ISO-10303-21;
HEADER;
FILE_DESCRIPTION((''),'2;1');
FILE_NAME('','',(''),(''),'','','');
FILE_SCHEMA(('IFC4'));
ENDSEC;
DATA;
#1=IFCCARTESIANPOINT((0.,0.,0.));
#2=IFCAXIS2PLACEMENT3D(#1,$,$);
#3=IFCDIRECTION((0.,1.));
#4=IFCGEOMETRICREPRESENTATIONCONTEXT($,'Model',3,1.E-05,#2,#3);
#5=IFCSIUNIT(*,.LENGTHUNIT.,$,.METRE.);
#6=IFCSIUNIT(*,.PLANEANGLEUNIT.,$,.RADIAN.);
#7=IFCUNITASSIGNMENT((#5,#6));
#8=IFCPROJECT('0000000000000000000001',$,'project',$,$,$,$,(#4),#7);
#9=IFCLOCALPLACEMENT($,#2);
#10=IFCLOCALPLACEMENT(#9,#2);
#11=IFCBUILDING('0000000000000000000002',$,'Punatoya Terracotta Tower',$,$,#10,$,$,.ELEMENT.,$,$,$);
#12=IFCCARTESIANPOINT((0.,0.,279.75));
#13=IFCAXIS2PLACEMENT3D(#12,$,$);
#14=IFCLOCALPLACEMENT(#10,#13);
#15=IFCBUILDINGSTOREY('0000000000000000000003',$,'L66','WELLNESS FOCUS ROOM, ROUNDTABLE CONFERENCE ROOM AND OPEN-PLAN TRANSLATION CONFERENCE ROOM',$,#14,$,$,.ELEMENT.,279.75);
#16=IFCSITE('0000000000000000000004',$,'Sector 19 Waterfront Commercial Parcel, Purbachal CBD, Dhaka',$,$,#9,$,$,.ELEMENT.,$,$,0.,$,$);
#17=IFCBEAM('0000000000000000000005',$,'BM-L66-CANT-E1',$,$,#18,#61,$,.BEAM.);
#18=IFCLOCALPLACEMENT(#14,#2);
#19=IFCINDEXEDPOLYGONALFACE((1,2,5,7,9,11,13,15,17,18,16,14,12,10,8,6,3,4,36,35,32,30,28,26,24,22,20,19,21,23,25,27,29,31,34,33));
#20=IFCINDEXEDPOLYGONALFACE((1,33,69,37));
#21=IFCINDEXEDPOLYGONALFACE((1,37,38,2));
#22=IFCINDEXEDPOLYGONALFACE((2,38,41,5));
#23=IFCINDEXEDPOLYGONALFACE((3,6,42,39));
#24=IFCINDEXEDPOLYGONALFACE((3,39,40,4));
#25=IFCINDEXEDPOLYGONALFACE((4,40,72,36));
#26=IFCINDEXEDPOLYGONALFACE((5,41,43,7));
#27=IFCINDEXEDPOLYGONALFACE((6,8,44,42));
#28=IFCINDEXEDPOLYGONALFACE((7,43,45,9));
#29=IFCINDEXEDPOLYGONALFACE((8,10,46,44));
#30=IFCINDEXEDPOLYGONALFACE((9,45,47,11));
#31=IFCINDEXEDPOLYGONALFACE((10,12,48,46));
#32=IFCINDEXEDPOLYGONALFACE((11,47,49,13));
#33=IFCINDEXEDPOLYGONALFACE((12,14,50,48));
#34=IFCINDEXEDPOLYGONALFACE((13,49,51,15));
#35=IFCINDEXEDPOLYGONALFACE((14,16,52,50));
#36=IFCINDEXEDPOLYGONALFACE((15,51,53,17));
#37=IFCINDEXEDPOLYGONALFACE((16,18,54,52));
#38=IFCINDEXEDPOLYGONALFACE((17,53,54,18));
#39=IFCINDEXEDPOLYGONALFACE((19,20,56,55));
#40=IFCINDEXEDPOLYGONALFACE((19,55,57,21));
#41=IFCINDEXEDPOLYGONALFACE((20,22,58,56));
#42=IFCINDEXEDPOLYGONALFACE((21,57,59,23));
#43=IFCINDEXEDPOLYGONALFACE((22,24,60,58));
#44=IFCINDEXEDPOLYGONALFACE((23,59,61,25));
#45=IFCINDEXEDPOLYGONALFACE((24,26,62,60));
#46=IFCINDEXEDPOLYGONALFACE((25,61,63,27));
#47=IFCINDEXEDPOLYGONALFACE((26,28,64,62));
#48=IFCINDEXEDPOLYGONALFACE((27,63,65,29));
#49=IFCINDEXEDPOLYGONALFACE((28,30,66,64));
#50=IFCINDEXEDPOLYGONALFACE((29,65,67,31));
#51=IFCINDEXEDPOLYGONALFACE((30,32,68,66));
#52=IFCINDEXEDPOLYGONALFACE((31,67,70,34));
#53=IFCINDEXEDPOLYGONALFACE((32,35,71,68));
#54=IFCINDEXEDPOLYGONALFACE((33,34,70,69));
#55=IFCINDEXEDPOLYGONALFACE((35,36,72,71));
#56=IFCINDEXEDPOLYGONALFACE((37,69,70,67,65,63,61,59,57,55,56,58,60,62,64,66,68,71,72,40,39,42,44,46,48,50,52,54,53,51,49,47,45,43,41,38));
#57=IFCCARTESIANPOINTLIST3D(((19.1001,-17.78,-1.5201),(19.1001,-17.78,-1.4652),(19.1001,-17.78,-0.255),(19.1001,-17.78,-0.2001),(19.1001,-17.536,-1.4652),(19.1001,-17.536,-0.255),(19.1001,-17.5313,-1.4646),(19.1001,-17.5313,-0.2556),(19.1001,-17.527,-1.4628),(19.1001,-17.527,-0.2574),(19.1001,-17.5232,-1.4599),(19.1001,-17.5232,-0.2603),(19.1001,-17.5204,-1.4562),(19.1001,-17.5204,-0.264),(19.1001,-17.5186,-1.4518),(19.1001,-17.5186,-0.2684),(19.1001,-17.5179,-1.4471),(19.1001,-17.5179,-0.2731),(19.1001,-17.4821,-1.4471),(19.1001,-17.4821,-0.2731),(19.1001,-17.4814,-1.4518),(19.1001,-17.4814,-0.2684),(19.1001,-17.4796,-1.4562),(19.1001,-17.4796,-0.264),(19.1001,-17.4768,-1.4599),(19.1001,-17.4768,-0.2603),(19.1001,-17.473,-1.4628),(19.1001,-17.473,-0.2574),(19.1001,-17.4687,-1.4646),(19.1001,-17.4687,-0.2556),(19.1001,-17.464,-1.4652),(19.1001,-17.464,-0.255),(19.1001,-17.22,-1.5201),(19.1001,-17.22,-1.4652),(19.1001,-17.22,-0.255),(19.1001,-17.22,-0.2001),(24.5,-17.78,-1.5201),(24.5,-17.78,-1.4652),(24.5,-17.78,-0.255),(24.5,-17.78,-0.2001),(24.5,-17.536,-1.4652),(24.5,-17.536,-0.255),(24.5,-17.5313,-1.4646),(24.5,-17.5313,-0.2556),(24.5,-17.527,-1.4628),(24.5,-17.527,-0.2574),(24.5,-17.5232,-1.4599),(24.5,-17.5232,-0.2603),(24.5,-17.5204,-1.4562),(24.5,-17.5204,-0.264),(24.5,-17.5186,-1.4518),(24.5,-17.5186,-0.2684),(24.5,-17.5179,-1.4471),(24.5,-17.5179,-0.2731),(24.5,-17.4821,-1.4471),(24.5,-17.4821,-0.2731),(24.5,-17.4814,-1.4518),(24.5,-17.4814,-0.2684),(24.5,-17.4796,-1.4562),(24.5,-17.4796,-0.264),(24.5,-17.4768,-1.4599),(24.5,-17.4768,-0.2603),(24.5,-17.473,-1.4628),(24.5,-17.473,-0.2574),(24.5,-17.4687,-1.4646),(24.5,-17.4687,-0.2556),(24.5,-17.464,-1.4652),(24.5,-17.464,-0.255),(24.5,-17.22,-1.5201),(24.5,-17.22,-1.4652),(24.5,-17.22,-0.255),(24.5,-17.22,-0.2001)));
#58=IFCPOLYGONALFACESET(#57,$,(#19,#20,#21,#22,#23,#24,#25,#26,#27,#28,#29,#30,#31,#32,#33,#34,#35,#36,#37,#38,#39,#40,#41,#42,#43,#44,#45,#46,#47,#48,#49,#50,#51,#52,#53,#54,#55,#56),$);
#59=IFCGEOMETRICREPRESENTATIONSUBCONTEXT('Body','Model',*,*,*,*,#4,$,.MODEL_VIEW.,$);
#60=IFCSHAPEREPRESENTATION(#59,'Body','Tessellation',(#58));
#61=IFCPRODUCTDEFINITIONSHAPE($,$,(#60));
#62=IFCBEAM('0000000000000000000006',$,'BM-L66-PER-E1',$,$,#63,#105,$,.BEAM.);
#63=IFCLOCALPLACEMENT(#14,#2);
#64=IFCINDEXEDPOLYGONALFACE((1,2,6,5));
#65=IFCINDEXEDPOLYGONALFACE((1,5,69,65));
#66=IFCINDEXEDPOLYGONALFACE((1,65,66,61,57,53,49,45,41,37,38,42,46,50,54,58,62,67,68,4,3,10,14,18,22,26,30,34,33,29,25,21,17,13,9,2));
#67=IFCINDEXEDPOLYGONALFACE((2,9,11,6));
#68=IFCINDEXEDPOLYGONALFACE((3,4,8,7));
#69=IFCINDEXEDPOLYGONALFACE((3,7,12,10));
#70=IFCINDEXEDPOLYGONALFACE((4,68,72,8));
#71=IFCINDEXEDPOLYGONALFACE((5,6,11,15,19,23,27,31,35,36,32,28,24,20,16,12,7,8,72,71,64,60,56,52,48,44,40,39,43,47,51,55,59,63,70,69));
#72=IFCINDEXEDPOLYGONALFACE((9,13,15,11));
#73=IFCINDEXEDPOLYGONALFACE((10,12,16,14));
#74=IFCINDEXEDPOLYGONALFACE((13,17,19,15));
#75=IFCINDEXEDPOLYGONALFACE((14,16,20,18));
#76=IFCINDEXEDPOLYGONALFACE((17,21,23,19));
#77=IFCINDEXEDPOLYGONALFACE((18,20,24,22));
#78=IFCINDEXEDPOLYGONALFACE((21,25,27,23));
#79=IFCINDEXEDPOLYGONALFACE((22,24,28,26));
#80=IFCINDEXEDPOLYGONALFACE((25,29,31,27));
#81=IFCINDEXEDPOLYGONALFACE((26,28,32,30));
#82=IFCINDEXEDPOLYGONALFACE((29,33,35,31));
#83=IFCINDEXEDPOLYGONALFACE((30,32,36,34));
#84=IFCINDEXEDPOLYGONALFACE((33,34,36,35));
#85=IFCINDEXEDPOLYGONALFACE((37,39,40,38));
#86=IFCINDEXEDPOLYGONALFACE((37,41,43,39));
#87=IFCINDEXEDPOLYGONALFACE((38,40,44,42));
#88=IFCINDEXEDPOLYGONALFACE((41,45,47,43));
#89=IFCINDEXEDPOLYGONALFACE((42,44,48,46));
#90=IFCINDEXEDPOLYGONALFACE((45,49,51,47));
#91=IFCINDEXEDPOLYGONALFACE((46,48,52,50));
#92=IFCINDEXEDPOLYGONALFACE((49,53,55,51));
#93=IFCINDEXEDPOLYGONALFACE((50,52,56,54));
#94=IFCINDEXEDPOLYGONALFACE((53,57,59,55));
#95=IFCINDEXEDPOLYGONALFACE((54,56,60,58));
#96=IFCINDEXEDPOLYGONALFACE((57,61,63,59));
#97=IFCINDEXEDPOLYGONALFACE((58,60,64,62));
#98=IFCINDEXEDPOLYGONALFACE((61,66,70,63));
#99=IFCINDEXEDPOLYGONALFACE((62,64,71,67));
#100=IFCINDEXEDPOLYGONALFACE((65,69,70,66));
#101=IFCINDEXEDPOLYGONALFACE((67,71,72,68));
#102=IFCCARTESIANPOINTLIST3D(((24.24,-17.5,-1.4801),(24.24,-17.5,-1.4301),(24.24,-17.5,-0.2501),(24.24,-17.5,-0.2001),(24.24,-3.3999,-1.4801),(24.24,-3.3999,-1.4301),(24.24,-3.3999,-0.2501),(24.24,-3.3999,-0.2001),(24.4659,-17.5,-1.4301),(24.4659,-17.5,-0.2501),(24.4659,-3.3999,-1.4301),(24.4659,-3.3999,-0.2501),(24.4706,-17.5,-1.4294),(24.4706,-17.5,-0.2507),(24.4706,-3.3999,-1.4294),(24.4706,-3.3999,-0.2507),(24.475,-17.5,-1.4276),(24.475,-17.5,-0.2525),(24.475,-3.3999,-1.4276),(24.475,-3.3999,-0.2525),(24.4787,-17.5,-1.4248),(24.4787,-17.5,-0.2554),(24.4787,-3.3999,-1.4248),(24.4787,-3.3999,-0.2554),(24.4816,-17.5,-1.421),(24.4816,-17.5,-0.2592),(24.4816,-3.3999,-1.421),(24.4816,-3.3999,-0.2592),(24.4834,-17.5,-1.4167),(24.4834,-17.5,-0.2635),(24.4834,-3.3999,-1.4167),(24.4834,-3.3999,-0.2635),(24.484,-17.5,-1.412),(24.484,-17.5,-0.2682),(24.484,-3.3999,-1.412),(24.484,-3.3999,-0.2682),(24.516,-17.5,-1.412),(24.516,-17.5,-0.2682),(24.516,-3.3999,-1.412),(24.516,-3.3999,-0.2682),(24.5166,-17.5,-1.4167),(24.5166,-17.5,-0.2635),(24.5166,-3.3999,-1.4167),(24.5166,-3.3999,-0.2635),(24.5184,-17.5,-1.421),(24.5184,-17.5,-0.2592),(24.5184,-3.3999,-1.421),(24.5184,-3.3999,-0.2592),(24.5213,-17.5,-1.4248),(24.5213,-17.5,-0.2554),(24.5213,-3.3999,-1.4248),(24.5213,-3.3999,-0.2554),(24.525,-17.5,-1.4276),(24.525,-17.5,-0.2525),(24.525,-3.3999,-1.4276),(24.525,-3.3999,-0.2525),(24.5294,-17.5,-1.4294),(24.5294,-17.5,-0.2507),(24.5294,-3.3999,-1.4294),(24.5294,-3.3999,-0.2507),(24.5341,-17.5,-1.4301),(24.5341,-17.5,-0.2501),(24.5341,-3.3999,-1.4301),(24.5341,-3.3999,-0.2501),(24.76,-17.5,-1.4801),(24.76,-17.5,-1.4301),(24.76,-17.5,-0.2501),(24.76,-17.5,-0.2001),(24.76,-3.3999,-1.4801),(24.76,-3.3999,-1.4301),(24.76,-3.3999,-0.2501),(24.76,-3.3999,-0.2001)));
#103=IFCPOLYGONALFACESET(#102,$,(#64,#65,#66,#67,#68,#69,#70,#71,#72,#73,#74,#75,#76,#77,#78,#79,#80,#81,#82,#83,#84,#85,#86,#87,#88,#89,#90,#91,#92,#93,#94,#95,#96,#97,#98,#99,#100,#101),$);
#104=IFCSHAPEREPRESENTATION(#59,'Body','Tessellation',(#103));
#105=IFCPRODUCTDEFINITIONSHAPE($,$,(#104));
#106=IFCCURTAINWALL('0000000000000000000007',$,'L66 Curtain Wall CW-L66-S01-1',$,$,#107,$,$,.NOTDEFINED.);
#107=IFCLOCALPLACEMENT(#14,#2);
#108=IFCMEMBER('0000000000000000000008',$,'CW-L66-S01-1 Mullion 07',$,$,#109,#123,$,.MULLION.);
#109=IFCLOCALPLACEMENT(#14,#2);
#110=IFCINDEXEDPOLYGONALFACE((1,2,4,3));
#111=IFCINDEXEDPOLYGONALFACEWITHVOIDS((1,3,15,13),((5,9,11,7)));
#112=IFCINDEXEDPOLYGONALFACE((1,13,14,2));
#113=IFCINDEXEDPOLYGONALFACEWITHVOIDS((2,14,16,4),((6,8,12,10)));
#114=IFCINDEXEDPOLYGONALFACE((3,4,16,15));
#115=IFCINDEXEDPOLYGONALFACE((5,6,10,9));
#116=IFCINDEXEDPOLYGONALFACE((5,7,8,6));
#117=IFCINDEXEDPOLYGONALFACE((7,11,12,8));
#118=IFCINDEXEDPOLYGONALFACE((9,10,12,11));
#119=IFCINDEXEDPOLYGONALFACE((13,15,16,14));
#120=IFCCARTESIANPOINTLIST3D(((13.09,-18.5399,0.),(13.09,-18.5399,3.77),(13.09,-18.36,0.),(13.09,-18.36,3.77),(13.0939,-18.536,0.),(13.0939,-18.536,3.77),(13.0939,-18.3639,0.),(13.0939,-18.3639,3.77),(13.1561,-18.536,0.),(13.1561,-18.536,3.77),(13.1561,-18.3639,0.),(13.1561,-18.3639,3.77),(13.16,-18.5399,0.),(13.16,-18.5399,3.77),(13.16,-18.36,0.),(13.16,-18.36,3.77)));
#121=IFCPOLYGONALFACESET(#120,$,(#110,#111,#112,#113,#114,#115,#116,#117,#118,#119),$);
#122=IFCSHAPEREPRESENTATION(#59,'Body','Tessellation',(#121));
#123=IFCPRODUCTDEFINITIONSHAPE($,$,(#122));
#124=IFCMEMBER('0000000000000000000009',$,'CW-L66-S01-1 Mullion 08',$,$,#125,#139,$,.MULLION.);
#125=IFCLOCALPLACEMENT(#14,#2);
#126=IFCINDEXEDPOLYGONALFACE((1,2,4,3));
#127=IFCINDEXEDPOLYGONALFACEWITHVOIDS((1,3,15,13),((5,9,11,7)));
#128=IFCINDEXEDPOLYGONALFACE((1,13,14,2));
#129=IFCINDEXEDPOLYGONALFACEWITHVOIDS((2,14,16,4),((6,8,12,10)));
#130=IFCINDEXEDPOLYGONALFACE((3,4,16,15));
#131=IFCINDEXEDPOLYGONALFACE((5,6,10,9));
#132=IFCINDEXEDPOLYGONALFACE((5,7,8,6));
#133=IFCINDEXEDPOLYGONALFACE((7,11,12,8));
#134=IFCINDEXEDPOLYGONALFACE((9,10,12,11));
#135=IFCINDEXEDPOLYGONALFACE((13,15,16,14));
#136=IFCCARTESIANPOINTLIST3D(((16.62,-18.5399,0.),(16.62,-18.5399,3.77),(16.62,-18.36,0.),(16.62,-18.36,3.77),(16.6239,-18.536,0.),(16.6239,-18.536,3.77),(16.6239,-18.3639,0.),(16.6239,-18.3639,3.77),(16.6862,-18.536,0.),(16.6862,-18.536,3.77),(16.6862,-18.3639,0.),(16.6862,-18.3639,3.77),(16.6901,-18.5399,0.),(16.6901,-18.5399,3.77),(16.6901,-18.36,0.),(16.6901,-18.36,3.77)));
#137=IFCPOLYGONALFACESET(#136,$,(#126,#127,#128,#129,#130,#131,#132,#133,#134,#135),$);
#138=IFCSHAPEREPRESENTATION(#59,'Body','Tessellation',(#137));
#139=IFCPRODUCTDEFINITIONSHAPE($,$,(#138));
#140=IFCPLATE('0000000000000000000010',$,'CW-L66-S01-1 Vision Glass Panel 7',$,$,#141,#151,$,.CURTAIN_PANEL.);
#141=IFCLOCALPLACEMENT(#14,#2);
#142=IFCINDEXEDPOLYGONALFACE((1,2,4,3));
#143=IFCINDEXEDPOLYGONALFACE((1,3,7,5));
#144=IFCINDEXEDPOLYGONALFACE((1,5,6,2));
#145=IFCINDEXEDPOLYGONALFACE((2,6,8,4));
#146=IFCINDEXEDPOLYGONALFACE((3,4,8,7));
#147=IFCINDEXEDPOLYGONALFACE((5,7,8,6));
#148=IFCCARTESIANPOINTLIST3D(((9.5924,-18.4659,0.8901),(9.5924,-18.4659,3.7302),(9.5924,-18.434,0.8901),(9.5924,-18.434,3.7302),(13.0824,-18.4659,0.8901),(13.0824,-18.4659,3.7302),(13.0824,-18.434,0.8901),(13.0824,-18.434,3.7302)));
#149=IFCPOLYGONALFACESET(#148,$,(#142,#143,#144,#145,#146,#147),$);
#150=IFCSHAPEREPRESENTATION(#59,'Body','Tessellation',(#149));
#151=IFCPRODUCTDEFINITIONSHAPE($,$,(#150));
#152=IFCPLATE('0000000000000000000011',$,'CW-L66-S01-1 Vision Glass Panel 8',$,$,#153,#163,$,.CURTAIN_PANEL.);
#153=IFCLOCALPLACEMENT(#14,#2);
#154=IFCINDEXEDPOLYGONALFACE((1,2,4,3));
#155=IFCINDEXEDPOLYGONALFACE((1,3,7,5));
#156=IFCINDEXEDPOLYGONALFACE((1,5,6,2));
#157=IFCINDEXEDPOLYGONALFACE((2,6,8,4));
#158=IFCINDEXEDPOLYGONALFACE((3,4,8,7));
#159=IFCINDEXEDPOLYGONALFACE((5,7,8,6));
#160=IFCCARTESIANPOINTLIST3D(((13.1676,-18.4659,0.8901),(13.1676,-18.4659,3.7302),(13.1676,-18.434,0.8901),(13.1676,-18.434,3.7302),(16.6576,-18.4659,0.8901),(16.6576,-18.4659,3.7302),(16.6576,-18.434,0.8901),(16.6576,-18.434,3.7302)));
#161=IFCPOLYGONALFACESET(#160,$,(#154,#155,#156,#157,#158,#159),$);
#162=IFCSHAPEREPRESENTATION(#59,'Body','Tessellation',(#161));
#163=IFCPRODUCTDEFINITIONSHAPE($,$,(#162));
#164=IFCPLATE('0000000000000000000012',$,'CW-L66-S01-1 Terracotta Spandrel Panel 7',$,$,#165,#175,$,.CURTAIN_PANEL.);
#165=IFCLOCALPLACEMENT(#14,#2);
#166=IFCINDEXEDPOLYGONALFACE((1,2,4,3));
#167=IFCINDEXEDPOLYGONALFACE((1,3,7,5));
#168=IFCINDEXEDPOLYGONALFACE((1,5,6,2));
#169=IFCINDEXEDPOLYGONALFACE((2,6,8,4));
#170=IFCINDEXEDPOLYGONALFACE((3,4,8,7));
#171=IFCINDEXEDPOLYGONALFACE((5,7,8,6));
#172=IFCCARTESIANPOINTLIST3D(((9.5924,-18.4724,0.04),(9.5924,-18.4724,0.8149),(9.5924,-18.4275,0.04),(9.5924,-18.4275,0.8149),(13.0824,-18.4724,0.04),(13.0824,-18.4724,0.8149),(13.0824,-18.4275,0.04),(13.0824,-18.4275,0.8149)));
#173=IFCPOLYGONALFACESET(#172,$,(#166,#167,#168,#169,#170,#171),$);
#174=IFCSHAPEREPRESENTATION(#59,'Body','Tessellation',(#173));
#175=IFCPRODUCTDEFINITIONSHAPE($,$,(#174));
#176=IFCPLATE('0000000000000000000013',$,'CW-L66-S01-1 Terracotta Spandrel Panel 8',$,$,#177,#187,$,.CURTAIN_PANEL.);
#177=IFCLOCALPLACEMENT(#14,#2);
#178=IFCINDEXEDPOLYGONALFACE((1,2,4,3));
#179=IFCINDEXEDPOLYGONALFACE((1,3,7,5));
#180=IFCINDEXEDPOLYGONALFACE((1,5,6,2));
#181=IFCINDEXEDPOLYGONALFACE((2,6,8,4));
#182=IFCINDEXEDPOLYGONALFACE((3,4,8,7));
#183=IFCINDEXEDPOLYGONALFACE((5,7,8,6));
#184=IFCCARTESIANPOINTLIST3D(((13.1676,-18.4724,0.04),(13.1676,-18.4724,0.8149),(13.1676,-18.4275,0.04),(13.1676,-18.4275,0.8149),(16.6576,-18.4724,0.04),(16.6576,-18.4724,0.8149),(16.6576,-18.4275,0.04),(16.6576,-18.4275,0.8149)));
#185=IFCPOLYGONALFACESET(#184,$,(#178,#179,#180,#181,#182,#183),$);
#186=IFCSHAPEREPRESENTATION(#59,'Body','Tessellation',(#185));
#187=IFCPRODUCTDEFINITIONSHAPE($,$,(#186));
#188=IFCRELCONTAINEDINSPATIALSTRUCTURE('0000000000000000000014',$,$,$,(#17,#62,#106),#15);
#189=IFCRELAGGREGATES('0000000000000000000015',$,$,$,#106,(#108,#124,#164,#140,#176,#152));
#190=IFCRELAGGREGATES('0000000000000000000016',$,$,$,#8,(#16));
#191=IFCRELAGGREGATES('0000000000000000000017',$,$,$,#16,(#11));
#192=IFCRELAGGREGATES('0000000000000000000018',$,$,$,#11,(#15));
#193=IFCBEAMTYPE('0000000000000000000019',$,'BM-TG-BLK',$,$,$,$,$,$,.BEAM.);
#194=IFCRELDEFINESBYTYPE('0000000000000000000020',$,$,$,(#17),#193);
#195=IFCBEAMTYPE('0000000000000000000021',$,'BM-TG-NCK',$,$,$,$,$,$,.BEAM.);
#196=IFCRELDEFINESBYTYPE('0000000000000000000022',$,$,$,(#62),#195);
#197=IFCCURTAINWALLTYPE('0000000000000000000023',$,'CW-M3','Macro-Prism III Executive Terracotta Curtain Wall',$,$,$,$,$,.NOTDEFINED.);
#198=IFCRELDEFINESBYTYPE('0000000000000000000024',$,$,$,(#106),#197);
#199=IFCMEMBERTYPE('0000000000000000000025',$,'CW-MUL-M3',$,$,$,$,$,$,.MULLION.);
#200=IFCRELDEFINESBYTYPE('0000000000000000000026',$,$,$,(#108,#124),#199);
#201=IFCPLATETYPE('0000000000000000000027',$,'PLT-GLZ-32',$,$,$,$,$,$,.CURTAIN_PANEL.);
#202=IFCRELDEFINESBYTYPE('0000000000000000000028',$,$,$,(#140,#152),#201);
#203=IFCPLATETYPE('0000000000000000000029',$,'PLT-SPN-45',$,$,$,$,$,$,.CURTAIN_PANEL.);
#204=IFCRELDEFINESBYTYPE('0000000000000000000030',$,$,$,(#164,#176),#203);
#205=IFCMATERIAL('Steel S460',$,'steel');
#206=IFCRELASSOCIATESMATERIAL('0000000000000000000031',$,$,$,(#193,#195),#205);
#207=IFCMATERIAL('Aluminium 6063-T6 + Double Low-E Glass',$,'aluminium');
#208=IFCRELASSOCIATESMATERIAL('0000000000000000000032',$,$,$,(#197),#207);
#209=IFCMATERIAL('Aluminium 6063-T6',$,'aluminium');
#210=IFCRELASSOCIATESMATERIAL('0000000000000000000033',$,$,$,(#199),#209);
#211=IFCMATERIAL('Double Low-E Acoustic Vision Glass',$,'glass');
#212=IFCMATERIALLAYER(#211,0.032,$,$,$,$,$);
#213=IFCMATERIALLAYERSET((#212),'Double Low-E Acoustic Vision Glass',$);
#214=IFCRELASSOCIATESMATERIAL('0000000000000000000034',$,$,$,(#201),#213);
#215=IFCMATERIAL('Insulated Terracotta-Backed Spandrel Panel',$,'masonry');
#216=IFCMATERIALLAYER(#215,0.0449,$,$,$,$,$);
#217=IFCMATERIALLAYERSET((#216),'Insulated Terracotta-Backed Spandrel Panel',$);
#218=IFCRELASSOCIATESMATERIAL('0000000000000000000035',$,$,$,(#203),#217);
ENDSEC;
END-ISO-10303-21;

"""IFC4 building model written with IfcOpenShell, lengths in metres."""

from ifc_helpers import new_model, si_unit, direction, frame, origin, origin_2d, place, context, subcontext, project, spatial, rectangle, hollow_rectangle, i_section, extrude, material, layer, layer_set, material_profile, profile_set, type_object, element, aggregate, save


model = new_model("IFC4")

# Units and contexts
model_context = context("Model", 3, precision=1e-05, world=origin(), true_north=direction((0.0, 1.0)))
body_context = subcontext(model_context, "Body", "Model", "MODEL_VIEW")
ifc_project = project(units=[si_unit("LENGTHUNIT", "METRE"), si_unit("PLANEANGLEUNIT", "RADIAN")], contexts=[model_context])

# Site, building, storey
site_placement = place(None, origin())
site = spatial("IfcSite", under=ifc_project, at=site_placement, Name="Sector 19 Waterfront Commercial Parcel, Purbachal CBD, Dhaka", CompositionType="ELEMENT", RefElevation=0.0)
building_placement = place(site_placement, origin())
building = spatial("IfcBuilding", under=site, at=building_placement, Name="Punatoya Terracotta Tower", CompositionType="ELEMENT")
storey_placement = place(building_placement, frame((0.0, 0.0, 279.75)))
storey = spatial("IfcBuildingStorey", under=building, at=storey_placement, Name="L66", Description="WELLNESS FOCUS ROOM, ROUNDTABLE CONFERENCE ROOM AND OPEN-PLAN TRANSLATION CONFERENCE ROOM", CompositionType="ELEMENT", Elevation=279.75)

# Shared definitions
ifc_material_1 = material(Name="Steel S460", Category="steel")

# Beams
ifc_material_profile_1 = material_profile(ifc_material_1, i_section(OverallWidth=0.5601, OverallDepth=1.3201, WebThickness=0.0359, FlangeThickness=0.0549, FilletRadius=0.0181, at=origin_2d()))
ifc_profile_set_1 = profile_set([ifc_material_profile_1], Name="Steel S460")
beam_type_1 = type_object("IfcBeamType", Name="BM-TG-BLK", PredefinedType="BEAM", material=ifc_profile_set_1)
beam_1_placement = place(storey_placement, frame((19.1001, -17.5, -0.8601), z_axis=(1.0, 0.0, 0.0), x_axis=(0.0, 1.0, 0.0)))
element("IfcBeam", 1, at=beam_1_placement, inside=storey, type_object=beam_type_1, Name="BM-L66-CANT-E1", PredefinedType="BEAM", context=body_context, shape_type="SweptSolid", body=[
    extrude(i_section(OverallWidth=0.5601, OverallDepth=1.3201, WebThickness=0.0359, FlangeThickness=0.0549, FilletRadius=0.0181, at=origin_2d()), origin(), (0.0, 0.0, 1.0), 5.3999),
])
ifc_material_profile_2 = material_profile(ifc_material_1, i_section(OverallWidth=0.52, OverallDepth=1.28, WebThickness=0.032, FlangeThickness=0.05, FilletRadius=0.0181, at=origin_2d()))
ifc_profile_set_2 = profile_set([ifc_material_profile_2], Name="Steel S460")
beam_type_2 = type_object("IfcBeamType", Name="BM-TG-NCK", PredefinedType="BEAM", material=ifc_profile_set_2)
beam_2_placement = place(storey_placement, frame((24.5, -17.5, -0.8401), z_axis=(0.0, 1.0, 0.0), x_axis=(-1.0, 0.0, 0.0)))
element("IfcBeam", 2, at=beam_2_placement, inside=storey, type_object=beam_type_2, Name="BM-L66-PER-E1", PredefinedType="BEAM", context=body_context, shape_type="SweptSolid", body=[
    extrude(i_section(OverallWidth=0.52, OverallDepth=1.28, WebThickness=0.032, FlangeThickness=0.05, FilletRadius=0.0181, at=origin_2d()), origin(), (0.0, 0.0, 1.0), 14.1001),
])

# Curtain wall, members, plates
ifc_material_2 = material(Name="Aluminium 6063-T6 + Double Low-E Glass", Category="aluminium")
curtain_wall_type = type_object("IfcCurtainWallType", Name="CW-M3", Description="Macro-Prism III Executive Terracotta Curtain Wall", PredefinedType="NOTDEFINED", material=ifc_material_2)
curtain_wall_placement = place(storey_placement, origin())
curtain_wall = element("IfcCurtainWall", 3, at=curtain_wall_placement, inside=storey, type_object=curtain_wall_type, Name="L66 Curtain Wall CW-L66-S01-1", PredefinedType="NOTDEFINED")
ifc_material_3 = material(Name="Aluminium 6063-T6", Category="aluminium")
ifc_material_profile_3 = material_profile(ifc_material_3, hollow_rectangle(XDim=0.0701, YDim=0.1799, WallThickness=0.0039, at=origin_2d()))
ifc_profile_set_3 = profile_set([ifc_material_profile_3], Name="Aluminium 6063-T6")
member_type = type_object("IfcMemberType", Name="CW-MUL-M3", PredefinedType="MULLION", material=ifc_profile_set_3)
member_1_placement = place(storey_placement, frame((13.125, -18.45, 0.0), z_axis=(0.0, 0.0, 1.0), x_axis=(1.0, 0.0, 0.0)))
member_1 = element("IfcMember", 4, at=member_1_placement, type_object=member_type, Name="CW-L66-S01-1 Mullion 07", PredefinedType="MULLION", context=body_context, shape_type="SweptSolid", body=[
    extrude(hollow_rectangle(XDim=0.0701, YDim=0.1799, WallThickness=0.0039, at=origin_2d()), origin(), (0.0, 0.0, 1.0), 3.77),
])
member_2_placement = place(storey_placement, frame((16.655, -18.45, 0.0), z_axis=(0.0, 0.0, 1.0), x_axis=(1.0, 0.0, 0.0)))
member_2 = element("IfcMember", 5, at=member_2_placement, type_object=member_type, Name="CW-L66-S01-1 Mullion 08", PredefinedType="MULLION", context=body_context, shape_type="SweptSolid", body=[
    extrude(hollow_rectangle(XDim=0.0701, YDim=0.1799, WallThickness=0.0039, at=origin_2d()), origin(), (0.0, 0.0, 1.0), 3.77),
])
ifc_material_4 = material(Name="Double Low-E Acoustic Vision Glass", Category="glass")
ifc_layer_1 = layer(ifc_material_4, 0.032)
ifc_layer_set_1 = layer_set([ifc_layer_1], Name="Double Low-E Acoustic Vision Glass")
plate_type_1 = type_object("IfcPlateType", Name="PLT-GLZ-32", PredefinedType="CURTAIN_PANEL", material=ifc_layer_set_1)
plate_1_placement = place(storey_placement, frame((11.3374, -18.45, 0.8901), z_axis=(0.0, 0.0, 1.0), x_axis=(1.0, 0.0, 0.0)))
plate_1 = element("IfcPlate", 6, at=plate_1_placement, type_object=plate_type_1, Name="CW-L66-S01-1 Vision Glass Panel 7", PredefinedType="CURTAIN_PANEL", context=body_context, shape_type="SweptSolid", body=[
    extrude(rectangle(XDim=3.49, YDim=0.032, at=origin_2d()), origin(), (0.0, 0.0, 1.0), 2.8401),
])
plate_2_placement = place(storey_placement, frame((14.9126, -18.45, 0.8901), z_axis=(0.0, 0.0, 1.0), x_axis=(1.0, 0.0, 0.0)))
plate_2 = element("IfcPlate", 7, at=plate_2_placement, type_object=plate_type_1, Name="CW-L66-S01-1 Vision Glass Panel 8", PredefinedType="CURTAIN_PANEL", context=body_context, shape_type="SweptSolid", body=[
    extrude(rectangle(XDim=3.49, YDim=0.032, at=origin_2d()), origin(), (0.0, 0.0, 1.0), 2.8401),
])
ifc_material_5 = material(Name="Insulated Terracotta-Backed Spandrel Panel", Category="masonry")
ifc_layer_2 = layer(ifc_material_5, 0.0449)
ifc_layer_set_2 = layer_set([ifc_layer_2], Name="Insulated Terracotta-Backed Spandrel Panel")
plate_type_2 = type_object("IfcPlateType", Name="PLT-SPN-45", PredefinedType="CURTAIN_PANEL", material=ifc_layer_set_2)
plate_3_placement = place(storey_placement, frame((11.3374, -18.45, 0.04), z_axis=(0.0, 0.0, 1.0), x_axis=(1.0, 0.0, 0.0)))
plate_3 = element("IfcPlate", 8, at=plate_3_placement, type_object=plate_type_2, Name="CW-L66-S01-1 Terracotta Spandrel Panel 7", PredefinedType="CURTAIN_PANEL", context=body_context, shape_type="SweptSolid", body=[
    extrude(rectangle(XDim=3.49, YDim=0.0449, at=origin_2d()), origin(), (0.0, 0.0, 1.0), 0.7749),
])
plate_4_placement = place(storey_placement, frame((14.9126, -18.45, 0.04), z_axis=(0.0, 0.0, 1.0), x_axis=(1.0, 0.0, 0.0)))
plate_4 = element("IfcPlate", 9, at=plate_4_placement, type_object=plate_type_2, Name="CW-L66-S01-1 Terracotta Spandrel Panel 8", PredefinedType="CURTAIN_PANEL", context=body_context, shape_type="SweptSolid", body=[
    extrude(rectangle(XDim=3.49, YDim=0.0449, at=origin_2d()), origin(), (0.0, 0.0, 1.0), 0.7749),
])
aggregate(curtain_wall, [member_1, member_2, plate_3, plate_1, plate_4, plate_2])

save(model, "model.ifc")
